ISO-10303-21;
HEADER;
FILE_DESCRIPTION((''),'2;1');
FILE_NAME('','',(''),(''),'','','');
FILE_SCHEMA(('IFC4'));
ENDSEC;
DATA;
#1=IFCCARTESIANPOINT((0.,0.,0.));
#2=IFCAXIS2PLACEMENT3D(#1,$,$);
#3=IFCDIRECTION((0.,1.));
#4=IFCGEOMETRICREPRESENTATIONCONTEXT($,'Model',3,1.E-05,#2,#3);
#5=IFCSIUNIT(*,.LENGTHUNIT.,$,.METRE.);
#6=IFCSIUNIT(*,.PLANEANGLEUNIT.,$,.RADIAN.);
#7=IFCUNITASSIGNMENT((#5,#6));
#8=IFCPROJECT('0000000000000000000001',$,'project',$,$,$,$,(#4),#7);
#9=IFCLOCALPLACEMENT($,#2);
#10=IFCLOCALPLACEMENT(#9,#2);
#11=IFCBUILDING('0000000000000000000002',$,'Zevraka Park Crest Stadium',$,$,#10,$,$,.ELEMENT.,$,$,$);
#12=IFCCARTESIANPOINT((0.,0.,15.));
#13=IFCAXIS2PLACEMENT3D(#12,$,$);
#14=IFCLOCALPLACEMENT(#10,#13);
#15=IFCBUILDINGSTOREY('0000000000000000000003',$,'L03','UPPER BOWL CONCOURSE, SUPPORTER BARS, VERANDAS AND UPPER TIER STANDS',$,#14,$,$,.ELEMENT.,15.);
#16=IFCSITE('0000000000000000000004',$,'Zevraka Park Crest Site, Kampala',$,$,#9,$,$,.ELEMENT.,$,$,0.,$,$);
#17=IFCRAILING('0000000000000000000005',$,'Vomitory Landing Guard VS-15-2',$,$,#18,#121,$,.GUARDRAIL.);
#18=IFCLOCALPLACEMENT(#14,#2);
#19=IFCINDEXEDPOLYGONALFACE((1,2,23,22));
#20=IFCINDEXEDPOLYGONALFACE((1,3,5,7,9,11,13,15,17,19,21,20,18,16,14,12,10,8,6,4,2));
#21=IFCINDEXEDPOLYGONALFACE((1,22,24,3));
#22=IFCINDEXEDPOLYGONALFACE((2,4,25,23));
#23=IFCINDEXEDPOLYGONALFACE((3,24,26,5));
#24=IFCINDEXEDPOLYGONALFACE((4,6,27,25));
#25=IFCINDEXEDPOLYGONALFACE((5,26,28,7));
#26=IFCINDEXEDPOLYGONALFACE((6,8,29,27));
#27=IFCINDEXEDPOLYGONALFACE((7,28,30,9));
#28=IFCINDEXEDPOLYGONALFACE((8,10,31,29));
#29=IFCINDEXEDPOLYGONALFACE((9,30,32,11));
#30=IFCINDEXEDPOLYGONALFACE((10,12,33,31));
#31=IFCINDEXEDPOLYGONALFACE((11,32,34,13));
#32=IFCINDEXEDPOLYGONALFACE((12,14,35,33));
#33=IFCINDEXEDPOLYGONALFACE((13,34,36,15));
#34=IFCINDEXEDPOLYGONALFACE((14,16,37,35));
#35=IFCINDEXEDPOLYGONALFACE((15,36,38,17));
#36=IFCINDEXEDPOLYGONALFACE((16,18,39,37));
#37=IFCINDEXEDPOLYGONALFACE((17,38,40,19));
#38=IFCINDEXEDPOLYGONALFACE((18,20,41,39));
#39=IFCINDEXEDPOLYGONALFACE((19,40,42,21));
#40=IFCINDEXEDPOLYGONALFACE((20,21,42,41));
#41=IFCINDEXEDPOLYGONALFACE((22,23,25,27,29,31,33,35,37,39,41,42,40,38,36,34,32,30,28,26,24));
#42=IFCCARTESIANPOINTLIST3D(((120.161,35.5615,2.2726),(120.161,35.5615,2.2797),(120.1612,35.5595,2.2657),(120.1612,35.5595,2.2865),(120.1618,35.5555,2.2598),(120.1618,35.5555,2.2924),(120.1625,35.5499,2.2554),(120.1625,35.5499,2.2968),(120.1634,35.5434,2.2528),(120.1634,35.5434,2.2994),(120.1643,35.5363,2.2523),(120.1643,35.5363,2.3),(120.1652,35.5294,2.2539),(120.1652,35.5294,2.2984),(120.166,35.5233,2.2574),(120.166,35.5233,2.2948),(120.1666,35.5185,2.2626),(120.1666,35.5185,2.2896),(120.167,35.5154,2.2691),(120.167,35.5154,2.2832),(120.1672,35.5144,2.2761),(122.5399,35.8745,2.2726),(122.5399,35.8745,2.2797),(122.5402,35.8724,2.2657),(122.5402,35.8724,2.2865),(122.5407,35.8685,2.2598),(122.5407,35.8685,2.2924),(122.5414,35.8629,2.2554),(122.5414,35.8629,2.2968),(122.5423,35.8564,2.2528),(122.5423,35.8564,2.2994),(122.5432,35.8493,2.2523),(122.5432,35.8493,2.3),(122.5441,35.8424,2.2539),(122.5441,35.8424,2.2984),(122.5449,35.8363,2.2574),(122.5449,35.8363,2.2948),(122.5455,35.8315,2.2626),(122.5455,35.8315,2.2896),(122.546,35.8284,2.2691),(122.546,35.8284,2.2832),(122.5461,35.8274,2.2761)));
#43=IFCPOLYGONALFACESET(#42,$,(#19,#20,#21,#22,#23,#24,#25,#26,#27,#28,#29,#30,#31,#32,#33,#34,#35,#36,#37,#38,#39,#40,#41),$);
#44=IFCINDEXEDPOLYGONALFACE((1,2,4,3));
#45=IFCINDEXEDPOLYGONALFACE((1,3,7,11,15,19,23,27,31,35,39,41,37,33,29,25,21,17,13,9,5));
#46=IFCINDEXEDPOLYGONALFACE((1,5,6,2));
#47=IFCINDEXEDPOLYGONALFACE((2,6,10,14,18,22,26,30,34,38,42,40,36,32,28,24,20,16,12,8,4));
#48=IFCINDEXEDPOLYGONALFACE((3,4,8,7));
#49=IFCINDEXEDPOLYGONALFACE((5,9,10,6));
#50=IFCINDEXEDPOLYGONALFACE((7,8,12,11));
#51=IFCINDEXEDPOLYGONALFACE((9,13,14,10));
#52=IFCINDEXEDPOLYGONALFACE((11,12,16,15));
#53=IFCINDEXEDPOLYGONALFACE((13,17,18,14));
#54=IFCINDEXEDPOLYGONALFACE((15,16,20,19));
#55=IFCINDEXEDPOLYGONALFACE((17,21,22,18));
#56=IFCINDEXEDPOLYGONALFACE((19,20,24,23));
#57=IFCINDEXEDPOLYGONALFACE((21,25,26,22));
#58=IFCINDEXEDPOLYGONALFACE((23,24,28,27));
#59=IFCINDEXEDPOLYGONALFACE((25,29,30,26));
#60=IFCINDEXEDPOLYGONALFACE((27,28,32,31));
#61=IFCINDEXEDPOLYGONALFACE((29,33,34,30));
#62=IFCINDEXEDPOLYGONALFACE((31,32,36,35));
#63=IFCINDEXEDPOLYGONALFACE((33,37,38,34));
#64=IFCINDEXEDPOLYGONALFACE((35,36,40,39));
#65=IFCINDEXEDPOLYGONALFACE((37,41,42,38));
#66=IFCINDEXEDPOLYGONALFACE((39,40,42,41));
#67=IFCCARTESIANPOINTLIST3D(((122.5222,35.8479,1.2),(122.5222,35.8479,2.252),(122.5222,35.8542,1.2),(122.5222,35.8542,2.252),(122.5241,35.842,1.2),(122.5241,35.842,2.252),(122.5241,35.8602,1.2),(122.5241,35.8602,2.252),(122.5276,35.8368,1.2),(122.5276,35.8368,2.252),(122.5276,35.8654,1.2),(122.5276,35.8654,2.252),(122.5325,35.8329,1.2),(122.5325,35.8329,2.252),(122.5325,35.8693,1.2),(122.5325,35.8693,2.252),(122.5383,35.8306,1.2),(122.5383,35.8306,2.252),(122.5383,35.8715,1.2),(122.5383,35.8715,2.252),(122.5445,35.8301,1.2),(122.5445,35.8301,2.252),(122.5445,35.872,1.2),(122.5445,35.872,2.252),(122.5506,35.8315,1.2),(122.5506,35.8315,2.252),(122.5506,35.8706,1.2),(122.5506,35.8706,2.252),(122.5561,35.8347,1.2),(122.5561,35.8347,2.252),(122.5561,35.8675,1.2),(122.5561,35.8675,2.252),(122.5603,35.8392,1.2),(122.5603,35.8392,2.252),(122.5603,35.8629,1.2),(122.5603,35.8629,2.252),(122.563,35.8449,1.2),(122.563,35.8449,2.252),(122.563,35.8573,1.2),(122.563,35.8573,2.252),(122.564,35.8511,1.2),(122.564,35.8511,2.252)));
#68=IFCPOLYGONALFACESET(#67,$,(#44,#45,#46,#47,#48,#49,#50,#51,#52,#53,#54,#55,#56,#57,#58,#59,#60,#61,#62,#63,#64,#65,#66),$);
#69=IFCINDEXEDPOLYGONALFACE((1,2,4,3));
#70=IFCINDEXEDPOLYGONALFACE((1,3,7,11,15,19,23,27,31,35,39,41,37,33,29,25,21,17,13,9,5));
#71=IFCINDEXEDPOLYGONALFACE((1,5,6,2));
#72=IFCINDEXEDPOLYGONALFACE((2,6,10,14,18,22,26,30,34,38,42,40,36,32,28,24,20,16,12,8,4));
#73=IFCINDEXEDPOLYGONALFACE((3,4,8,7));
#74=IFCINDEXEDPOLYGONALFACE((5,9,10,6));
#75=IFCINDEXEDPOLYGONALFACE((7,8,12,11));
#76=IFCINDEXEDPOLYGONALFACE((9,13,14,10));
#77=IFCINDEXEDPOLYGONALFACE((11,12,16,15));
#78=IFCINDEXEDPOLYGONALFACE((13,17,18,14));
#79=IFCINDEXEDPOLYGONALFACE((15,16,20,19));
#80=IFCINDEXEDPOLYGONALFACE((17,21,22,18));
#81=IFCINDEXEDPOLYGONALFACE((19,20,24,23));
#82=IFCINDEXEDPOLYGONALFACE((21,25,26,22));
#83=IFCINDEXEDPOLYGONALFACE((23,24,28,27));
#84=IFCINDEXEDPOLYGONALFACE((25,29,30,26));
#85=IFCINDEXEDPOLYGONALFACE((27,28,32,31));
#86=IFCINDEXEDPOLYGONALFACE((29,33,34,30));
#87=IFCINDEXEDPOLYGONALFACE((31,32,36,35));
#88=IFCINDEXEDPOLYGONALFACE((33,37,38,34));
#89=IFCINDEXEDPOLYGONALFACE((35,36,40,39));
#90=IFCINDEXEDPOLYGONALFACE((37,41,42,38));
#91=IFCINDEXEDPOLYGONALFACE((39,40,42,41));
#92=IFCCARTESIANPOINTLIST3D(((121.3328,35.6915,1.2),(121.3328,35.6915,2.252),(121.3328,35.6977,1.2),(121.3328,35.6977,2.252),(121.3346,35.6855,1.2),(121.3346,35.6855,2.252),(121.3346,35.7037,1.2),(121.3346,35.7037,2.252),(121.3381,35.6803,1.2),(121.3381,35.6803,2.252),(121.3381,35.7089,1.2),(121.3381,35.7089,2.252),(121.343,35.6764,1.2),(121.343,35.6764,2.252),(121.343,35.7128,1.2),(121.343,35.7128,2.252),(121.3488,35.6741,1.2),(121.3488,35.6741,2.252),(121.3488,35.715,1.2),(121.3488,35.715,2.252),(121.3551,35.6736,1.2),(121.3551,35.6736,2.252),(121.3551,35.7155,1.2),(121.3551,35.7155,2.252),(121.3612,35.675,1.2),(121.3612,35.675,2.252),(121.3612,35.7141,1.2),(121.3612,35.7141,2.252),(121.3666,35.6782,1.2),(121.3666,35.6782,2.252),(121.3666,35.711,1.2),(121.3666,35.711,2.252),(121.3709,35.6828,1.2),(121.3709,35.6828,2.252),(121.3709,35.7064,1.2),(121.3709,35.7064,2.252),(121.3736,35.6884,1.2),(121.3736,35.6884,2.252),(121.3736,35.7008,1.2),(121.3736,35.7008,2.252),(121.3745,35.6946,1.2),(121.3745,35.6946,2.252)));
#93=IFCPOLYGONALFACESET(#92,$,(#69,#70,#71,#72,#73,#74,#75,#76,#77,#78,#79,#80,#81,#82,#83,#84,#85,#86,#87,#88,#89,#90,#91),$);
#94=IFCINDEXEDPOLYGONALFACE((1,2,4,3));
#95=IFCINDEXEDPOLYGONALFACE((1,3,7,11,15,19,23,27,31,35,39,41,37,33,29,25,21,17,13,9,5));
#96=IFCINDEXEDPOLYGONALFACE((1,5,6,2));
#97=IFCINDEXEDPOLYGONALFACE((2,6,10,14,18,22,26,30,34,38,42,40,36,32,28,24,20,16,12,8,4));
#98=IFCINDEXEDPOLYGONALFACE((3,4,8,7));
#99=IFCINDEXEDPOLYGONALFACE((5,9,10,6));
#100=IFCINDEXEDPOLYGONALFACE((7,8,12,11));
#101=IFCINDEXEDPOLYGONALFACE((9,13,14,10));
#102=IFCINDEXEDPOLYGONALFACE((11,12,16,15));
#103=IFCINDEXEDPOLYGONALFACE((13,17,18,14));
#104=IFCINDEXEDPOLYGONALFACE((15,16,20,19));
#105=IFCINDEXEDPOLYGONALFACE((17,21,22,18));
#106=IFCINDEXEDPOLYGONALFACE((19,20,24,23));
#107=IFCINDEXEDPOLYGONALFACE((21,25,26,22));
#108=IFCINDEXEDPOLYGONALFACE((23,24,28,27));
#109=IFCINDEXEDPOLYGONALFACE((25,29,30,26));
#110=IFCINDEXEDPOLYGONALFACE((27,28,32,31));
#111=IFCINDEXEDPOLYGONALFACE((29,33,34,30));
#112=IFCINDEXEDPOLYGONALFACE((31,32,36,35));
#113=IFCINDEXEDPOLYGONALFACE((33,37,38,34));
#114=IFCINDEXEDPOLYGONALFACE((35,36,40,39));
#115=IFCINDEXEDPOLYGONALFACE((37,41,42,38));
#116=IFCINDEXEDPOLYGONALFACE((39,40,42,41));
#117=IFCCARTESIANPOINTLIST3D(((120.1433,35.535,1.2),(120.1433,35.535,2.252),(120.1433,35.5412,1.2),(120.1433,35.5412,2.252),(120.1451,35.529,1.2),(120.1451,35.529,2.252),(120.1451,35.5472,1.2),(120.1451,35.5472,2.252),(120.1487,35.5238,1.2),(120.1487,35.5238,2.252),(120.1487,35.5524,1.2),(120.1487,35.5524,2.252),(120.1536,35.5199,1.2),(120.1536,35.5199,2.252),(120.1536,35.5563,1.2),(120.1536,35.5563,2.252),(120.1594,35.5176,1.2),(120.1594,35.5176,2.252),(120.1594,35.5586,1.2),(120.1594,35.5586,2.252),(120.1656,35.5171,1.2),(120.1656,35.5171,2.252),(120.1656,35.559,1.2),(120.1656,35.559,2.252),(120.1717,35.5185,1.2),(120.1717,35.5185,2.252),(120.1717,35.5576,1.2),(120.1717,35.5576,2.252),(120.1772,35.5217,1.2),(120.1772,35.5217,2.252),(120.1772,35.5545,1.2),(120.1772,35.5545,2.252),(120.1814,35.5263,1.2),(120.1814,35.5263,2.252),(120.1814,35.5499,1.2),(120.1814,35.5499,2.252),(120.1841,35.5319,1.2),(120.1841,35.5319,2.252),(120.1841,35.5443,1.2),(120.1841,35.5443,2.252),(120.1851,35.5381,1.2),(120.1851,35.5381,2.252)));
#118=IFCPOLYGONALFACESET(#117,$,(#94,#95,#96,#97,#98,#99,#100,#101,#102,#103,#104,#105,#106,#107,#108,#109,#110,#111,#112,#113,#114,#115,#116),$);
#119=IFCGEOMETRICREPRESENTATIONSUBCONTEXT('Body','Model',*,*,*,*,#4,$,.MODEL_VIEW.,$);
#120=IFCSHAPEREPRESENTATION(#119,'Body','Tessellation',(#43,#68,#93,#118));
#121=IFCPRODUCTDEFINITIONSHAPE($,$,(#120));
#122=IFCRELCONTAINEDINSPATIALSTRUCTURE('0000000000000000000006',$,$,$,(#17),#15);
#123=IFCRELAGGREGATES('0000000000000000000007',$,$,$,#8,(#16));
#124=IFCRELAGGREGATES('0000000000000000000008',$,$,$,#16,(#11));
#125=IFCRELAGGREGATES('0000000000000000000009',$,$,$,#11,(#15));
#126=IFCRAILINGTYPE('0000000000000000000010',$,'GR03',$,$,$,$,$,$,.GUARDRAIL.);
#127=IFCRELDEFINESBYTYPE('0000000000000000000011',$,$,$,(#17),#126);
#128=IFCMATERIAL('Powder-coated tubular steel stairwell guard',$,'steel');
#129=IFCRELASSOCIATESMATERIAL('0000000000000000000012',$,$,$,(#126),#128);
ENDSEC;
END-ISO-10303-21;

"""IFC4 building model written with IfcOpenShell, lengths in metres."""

from ifc_helpers import new_model, si_unit, direction, frame, origin, origin_2d, place, context, subcontext, project, spatial, circle, extrude, material, type_object, element, save


model = new_model("IFC4")

# Units and contexts
model_context = context("Model", 3, precision=1e-05, world=origin(), true_north=direction((0.0, 1.0)))
body_context = subcontext(model_context, "Body", "Model", "MODEL_VIEW")
ifc_project = project(units=[si_unit("LENGTHUNIT", "METRE"), si_unit("PLANEANGLEUNIT", "RADIAN")], contexts=[model_context])

# Site, building, storey
site_placement = place(None, origin())
site = spatial("IfcSite", under=ifc_project, at=site_placement, Name="Zevraka Park Crest Site, Kampala", CompositionType="ELEMENT", RefElevation=0.0)
building_placement = place(site_placement, origin())
building = spatial("IfcBuilding", under=site, at=building_placement, Name="Zevraka Park Crest Stadium", CompositionType="ELEMENT")
storey_placement = place(building_placement, frame((0.0, 0.0, 15.0)))
storey = spatial("IfcBuildingStorey", under=building, at=storey_placement, Name="L03", Description="UPPER BOWL CONCOURSE, SUPPORTER BARS, VERANDAS AND UPPER TIER STANDS", CompositionType="ELEMENT", Elevation=15.0)

# Railing
ifc_material_1 = material(Name="Powder-coated tubular steel stairwell guard", Category="steel")
railing_type_1 = type_object("IfcRailingType", Name="GR03", PredefinedType="GUARDRAIL", material=ifc_material_1)
railing_1_placement = place(storey_placement, frame((122.543, 35.8511, 1.2)))
element("IfcRailing", 1, at=railing_1_placement, inside=storey, type_object=railing_type_1, Name="Vomitory Landing Guard VS-15-2", PredefinedType="GUARDRAIL", context=body_context, shape_type="SweptSolid", body=[
    extrude(circle(Radius=0.0239, at=origin_2d()), frame((0.0, 0.0, 1.0762), z_axis=(-0.991456, -0.130444, 0.0), x_axis=(0.130444, -0.991456, 0.0)), (0.0, 0.0, 1.0), 2.3994),
    extrude(circle(Radius=0.021, at=origin_2d()), origin(), (0.0, 0.0, 1.0), 1.052),
    extrude(circle(Radius=0.021, at=origin_2d()), frame((-1.1895, -0.1565, 0.0)), (0.0, 0.0, 1.0), 1.052),
    extrude(circle(Radius=0.021, at=origin_2d()), frame((-2.3789, -0.313, 0.0)), (0.0, 0.0, 1.0), 1.052),
])

save(model, "model.ifc")
